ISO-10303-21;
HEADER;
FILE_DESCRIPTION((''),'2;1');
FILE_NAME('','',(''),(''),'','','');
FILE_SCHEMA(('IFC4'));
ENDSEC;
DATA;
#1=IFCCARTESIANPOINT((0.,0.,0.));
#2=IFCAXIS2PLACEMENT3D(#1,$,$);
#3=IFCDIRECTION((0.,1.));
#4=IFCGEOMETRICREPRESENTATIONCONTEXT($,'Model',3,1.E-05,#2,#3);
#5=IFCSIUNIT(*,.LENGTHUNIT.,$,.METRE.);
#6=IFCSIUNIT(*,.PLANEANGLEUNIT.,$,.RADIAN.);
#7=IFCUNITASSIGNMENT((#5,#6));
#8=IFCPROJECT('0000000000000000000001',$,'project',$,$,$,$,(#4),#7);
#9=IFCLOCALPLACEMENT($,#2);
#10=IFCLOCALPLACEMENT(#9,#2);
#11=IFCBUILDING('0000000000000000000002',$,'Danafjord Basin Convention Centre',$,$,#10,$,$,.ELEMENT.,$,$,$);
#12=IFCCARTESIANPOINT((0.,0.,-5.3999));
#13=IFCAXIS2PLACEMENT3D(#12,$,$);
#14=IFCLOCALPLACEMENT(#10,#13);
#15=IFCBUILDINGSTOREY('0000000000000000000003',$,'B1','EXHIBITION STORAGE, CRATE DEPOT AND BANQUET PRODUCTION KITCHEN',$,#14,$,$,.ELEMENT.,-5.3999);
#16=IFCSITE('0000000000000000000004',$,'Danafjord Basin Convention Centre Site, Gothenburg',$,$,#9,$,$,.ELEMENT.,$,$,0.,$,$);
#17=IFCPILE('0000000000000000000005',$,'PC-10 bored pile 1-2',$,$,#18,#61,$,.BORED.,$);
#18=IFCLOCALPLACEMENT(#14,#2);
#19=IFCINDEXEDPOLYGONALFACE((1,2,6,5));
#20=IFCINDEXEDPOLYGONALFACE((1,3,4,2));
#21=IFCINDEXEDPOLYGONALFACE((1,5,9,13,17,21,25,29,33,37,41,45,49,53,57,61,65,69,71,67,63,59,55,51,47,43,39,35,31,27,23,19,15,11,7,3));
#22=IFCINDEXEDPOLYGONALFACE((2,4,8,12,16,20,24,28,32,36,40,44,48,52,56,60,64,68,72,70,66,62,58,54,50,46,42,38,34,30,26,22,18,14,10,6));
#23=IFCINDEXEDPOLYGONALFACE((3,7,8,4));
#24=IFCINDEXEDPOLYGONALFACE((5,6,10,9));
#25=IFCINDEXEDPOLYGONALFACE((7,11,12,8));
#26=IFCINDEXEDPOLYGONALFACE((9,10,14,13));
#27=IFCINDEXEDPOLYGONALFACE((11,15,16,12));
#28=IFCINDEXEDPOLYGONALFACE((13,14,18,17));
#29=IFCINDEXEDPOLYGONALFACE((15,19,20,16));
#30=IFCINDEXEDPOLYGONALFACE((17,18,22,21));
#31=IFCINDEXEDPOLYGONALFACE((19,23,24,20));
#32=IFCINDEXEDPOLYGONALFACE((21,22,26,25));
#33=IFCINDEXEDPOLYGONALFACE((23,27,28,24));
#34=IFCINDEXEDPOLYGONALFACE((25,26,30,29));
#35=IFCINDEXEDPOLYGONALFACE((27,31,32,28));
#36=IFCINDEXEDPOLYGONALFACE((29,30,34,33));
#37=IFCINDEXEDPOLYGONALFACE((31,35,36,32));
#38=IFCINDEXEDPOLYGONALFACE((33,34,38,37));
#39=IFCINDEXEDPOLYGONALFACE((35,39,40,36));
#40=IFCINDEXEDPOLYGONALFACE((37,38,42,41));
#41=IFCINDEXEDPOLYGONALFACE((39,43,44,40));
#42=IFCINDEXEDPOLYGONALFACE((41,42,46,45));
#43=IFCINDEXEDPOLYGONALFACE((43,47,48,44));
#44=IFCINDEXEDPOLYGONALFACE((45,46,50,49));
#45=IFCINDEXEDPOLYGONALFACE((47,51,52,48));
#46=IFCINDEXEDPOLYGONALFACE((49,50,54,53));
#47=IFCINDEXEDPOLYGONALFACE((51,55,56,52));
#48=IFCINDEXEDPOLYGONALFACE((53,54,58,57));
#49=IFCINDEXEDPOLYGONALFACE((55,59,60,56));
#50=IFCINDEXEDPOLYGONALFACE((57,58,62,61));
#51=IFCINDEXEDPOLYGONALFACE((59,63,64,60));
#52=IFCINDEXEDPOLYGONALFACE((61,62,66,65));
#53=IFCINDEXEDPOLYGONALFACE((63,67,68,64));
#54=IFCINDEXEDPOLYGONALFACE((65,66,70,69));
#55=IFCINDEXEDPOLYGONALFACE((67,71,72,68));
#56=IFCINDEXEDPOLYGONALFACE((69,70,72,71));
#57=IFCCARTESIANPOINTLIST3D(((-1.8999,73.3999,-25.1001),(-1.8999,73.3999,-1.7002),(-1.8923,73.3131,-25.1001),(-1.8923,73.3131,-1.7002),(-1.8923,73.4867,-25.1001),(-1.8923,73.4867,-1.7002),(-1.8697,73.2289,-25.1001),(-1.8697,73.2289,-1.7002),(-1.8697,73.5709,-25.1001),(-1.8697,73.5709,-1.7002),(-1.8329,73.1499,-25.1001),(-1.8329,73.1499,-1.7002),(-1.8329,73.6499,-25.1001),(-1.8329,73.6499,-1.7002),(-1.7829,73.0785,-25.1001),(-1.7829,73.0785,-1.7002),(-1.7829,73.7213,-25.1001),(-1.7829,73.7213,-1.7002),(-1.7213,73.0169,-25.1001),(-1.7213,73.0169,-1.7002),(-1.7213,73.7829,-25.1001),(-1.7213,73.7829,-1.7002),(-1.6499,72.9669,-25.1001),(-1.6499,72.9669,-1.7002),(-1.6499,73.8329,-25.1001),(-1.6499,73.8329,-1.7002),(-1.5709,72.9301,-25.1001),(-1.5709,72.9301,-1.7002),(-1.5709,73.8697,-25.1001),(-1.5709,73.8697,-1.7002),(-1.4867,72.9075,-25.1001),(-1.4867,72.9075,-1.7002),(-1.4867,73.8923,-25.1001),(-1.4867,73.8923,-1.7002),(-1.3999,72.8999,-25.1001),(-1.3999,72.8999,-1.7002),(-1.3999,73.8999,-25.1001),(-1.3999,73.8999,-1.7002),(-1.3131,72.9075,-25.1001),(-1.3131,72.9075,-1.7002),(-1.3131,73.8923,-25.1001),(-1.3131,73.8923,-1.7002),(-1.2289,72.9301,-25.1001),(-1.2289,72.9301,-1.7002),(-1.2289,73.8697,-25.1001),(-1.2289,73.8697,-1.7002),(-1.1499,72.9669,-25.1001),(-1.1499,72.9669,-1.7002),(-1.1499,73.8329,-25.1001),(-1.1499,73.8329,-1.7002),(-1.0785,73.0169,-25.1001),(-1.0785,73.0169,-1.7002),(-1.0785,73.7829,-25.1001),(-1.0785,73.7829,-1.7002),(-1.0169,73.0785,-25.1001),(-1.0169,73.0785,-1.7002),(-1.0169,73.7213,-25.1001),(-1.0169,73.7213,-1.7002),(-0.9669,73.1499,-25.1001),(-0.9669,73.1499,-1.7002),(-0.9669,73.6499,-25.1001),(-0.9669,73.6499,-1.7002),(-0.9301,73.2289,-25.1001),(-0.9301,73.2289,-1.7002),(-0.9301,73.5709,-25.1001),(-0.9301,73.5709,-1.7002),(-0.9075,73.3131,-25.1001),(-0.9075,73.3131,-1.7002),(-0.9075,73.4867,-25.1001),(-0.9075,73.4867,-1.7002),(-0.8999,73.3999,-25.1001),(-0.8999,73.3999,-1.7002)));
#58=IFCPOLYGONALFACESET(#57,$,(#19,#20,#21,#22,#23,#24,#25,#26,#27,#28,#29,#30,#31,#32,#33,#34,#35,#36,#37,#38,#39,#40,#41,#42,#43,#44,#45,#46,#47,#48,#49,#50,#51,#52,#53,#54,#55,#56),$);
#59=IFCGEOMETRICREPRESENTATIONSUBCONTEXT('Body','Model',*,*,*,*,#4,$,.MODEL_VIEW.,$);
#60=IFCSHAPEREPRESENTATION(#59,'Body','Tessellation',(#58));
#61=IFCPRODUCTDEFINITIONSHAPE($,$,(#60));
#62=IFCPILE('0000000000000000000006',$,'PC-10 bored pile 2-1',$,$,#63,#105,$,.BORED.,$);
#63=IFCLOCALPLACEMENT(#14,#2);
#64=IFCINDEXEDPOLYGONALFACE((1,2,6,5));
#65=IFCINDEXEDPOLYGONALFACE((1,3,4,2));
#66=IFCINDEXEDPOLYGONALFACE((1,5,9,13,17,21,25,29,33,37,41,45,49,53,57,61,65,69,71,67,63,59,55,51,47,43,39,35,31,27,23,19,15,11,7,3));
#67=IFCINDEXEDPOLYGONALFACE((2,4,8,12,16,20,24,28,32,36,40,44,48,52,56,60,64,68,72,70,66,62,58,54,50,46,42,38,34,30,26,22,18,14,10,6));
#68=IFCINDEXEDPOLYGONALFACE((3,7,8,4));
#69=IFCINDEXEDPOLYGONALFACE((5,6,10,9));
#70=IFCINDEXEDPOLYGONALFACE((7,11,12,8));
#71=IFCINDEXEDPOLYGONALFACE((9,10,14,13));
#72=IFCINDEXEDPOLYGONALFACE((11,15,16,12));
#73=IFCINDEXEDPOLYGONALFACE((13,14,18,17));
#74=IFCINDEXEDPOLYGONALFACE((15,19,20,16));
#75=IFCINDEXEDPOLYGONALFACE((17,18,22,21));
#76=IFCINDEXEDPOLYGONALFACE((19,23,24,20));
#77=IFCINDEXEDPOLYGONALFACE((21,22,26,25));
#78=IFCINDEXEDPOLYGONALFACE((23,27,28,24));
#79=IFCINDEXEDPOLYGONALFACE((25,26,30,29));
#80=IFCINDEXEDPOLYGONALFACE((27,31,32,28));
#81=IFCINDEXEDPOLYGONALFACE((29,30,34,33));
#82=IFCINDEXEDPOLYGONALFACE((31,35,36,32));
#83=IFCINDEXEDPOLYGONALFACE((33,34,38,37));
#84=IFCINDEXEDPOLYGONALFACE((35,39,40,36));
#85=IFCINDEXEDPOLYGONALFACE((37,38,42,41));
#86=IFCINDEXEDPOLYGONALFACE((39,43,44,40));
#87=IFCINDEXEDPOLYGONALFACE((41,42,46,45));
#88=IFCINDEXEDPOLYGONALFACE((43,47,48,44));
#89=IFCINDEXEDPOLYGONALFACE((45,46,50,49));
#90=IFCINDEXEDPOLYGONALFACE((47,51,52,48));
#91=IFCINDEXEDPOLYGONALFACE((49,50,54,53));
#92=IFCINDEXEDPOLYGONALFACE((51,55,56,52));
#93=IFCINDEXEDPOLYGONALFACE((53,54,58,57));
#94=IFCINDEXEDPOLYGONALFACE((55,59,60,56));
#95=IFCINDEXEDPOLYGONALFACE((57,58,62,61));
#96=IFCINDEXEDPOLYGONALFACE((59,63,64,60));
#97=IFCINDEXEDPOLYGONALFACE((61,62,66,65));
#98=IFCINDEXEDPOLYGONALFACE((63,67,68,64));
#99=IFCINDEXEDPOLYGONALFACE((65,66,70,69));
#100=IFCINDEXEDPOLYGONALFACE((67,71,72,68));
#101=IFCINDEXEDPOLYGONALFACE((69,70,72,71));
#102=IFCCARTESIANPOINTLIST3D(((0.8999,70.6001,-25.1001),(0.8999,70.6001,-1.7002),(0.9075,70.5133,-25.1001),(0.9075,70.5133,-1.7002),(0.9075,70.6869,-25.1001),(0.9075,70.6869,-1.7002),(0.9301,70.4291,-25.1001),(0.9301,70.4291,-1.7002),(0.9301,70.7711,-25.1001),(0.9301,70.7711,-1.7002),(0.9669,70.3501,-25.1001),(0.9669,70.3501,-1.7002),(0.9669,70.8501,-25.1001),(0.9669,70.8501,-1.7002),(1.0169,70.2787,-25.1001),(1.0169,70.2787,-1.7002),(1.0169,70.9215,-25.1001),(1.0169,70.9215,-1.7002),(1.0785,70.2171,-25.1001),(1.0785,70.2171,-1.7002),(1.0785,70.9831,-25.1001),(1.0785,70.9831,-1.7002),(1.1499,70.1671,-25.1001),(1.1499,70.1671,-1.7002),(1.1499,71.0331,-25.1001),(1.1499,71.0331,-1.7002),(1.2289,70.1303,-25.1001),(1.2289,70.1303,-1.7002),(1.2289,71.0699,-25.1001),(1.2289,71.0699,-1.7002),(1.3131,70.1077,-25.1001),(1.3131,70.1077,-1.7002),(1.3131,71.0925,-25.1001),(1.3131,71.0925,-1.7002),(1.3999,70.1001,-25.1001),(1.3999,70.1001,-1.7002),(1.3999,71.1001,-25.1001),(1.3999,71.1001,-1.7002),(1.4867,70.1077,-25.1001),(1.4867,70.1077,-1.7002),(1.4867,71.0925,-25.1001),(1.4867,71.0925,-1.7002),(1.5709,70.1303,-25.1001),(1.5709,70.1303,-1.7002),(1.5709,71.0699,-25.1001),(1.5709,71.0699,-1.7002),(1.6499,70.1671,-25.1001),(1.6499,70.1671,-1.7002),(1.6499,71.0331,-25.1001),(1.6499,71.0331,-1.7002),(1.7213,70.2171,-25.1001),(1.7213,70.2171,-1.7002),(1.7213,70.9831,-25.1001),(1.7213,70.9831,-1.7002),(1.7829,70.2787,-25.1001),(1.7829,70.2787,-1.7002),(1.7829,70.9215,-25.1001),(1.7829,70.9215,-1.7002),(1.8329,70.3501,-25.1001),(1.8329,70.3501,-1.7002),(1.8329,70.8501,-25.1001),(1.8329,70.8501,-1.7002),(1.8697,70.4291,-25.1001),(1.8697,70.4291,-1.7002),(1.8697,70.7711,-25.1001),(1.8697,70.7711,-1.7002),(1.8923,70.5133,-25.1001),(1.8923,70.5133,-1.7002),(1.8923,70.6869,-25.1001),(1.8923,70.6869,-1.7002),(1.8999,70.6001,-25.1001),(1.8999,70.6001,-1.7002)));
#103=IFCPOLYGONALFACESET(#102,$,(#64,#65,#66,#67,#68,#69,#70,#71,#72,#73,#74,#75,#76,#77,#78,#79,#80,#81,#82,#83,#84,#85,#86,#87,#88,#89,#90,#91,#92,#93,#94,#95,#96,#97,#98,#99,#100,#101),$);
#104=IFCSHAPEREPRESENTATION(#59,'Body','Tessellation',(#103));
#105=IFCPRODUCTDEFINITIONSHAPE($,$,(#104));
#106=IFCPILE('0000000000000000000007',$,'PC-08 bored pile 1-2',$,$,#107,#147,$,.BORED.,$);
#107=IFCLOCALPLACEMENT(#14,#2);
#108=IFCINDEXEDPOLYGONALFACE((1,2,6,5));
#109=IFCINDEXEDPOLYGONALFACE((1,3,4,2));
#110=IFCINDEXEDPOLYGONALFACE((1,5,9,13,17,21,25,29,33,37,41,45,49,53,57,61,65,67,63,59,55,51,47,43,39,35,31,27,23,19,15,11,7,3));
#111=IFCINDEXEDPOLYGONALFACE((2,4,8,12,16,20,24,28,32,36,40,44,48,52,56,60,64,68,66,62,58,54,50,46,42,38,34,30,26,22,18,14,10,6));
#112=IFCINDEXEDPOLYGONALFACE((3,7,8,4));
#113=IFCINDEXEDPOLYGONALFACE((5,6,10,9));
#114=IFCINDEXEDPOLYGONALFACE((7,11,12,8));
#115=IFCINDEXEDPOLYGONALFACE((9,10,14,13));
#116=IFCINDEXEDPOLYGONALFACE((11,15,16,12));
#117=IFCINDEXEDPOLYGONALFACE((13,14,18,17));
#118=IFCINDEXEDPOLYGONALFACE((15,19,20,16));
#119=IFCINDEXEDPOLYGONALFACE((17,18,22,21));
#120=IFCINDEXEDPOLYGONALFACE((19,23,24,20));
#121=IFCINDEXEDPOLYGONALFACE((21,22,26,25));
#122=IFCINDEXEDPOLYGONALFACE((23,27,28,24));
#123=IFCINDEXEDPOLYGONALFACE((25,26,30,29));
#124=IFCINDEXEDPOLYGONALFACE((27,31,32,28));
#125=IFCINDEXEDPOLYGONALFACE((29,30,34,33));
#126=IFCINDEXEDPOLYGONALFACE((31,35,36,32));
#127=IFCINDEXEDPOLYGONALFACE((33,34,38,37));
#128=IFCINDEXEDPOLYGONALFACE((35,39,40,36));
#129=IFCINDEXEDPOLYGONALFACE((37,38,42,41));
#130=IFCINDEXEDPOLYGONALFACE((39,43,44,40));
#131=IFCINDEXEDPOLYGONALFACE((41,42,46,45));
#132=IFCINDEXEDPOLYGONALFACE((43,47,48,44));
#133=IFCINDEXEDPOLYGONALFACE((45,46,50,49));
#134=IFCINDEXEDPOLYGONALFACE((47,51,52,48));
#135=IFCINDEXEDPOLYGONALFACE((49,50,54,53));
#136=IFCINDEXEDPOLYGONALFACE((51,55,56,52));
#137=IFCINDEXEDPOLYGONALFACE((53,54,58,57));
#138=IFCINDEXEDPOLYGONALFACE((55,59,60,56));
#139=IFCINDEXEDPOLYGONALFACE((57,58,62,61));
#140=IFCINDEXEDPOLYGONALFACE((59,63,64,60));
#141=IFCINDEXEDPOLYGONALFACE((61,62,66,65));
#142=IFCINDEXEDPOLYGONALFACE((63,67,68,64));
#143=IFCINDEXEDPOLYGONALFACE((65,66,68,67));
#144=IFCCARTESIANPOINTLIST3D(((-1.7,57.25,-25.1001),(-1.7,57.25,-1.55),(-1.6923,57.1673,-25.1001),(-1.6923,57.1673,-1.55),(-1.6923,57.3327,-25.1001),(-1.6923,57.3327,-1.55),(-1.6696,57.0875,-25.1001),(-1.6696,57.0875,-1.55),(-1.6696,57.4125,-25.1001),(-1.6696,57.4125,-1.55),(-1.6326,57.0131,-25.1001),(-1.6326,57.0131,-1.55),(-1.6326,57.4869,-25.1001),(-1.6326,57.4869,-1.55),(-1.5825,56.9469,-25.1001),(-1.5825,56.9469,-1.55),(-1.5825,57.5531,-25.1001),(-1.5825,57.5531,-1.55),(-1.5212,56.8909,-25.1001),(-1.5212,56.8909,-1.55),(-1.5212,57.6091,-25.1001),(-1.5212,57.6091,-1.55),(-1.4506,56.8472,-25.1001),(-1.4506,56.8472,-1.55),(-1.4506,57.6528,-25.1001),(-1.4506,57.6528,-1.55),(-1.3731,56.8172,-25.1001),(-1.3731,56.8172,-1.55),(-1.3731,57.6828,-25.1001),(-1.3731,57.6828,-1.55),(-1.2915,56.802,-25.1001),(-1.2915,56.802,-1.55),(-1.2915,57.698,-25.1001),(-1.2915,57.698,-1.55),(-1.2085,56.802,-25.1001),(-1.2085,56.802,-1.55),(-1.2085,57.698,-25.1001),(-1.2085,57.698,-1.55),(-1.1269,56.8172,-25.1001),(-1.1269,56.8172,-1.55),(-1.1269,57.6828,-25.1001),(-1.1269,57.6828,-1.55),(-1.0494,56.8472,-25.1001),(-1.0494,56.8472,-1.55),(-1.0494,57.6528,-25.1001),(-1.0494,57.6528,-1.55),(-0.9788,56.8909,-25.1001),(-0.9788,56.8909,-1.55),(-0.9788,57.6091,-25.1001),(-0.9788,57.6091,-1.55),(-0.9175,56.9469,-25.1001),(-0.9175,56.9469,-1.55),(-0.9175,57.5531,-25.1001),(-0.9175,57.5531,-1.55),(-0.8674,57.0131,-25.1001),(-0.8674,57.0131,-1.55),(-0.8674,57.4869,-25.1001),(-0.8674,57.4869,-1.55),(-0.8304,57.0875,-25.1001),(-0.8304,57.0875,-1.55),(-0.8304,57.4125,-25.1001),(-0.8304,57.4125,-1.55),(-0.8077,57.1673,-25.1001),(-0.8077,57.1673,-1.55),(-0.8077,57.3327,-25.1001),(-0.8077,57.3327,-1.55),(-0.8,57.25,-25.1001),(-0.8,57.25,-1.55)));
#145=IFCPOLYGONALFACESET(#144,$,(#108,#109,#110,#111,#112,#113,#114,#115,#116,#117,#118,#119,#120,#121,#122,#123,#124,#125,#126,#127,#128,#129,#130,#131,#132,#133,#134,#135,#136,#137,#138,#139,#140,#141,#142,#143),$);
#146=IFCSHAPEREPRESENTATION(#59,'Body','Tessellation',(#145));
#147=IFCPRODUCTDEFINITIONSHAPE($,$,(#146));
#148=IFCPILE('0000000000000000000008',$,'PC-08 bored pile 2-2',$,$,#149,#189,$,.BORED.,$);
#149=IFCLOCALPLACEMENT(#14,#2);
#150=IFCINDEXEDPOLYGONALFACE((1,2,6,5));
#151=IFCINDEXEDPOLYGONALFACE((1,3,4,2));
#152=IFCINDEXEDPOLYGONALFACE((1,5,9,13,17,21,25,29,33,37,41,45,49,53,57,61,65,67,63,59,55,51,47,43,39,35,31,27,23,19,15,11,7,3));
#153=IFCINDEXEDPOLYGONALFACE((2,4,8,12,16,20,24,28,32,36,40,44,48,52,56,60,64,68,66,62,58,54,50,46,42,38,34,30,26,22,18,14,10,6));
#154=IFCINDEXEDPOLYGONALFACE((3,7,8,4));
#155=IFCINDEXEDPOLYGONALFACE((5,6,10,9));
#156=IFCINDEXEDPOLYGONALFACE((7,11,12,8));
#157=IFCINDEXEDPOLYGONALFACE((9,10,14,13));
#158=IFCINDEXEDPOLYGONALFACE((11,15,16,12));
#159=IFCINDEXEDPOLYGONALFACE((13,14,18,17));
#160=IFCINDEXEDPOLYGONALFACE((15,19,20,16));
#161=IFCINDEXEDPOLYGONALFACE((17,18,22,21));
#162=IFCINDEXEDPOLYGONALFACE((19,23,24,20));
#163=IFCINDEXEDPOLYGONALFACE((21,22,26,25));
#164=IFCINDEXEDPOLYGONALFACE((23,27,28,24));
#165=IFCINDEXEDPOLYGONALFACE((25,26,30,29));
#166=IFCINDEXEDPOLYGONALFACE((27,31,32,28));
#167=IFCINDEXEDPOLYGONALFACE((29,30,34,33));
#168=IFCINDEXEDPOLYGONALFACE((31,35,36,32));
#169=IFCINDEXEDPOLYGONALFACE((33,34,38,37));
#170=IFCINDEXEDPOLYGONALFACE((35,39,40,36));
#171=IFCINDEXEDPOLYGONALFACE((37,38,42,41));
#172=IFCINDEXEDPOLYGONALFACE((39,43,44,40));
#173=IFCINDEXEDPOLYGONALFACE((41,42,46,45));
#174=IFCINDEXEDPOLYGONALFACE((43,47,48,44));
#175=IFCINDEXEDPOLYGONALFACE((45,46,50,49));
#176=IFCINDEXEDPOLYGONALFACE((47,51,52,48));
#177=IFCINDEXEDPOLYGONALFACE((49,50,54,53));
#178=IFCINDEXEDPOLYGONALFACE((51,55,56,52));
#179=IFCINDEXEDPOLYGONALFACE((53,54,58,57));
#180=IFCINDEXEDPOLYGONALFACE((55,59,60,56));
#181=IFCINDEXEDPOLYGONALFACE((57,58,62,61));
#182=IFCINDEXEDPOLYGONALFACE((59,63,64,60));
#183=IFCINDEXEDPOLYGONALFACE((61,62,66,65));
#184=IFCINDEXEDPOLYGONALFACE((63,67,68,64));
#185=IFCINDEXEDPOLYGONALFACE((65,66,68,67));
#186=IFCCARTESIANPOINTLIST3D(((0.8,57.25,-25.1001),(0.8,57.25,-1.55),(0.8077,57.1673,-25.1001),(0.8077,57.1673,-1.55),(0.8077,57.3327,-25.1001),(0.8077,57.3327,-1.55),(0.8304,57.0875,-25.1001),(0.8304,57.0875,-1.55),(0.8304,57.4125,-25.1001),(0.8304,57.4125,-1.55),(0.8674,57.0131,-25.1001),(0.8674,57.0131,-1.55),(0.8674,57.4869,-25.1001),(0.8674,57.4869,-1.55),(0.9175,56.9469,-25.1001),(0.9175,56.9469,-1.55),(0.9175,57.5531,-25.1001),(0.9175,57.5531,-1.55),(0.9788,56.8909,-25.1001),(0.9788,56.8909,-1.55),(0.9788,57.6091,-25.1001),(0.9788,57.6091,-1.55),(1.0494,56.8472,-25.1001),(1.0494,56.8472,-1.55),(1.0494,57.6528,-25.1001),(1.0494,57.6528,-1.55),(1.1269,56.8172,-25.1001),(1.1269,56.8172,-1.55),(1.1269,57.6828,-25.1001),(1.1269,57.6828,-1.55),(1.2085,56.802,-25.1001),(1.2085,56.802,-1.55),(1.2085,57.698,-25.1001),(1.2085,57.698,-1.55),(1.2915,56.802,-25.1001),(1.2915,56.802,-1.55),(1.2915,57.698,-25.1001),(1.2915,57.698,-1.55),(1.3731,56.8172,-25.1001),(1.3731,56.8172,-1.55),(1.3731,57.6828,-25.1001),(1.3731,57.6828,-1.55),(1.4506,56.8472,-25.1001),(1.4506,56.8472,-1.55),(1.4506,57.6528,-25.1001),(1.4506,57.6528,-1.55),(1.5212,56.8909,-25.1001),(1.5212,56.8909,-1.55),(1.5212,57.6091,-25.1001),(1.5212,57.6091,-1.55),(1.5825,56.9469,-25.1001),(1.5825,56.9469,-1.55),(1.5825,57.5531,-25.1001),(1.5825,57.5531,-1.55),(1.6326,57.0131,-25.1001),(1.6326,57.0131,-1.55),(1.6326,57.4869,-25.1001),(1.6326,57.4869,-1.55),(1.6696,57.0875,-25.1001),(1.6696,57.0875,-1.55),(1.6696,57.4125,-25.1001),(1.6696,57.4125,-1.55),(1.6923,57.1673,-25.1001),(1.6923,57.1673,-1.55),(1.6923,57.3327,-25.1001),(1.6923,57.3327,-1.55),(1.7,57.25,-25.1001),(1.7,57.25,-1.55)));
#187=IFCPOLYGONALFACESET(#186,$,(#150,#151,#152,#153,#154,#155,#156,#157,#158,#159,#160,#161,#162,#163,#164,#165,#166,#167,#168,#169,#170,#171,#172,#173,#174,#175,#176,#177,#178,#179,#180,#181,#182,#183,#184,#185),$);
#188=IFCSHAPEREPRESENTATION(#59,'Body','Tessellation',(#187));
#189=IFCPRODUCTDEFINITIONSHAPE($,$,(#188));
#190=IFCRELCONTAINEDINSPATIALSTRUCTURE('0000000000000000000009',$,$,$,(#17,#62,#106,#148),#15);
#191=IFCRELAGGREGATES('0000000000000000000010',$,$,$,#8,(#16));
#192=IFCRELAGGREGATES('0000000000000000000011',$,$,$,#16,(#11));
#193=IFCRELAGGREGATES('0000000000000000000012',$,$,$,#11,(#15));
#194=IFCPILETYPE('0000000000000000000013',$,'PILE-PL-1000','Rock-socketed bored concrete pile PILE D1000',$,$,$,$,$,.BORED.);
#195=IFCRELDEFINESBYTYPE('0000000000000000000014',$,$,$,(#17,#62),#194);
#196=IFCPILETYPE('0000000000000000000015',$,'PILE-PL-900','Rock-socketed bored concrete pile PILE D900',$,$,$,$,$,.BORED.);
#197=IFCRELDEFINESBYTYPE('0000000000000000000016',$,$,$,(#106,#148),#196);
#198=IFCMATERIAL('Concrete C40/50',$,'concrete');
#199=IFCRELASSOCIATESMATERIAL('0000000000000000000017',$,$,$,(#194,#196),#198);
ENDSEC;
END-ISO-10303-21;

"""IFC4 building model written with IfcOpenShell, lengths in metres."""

from ifc_helpers import new_model, si_unit, direction, frame, origin, origin_2d, place, context, subcontext, project, spatial, circle, extrude, material, material_profile, profile_set, type_object, element, save


model = new_model("IFC4")

# Units and contexts
model_context = context("Model", 3, precision=1e-05, world=origin(), true_north=direction((0.0, 1.0)))
body_context = subcontext(model_context, "Body", "Model", "MODEL_VIEW")
ifc_project = project(units=[si_unit("LENGTHUNIT", "METRE"), si_unit("PLANEANGLEUNIT", "RADIAN")], contexts=[model_context])

# Site, building, storey
site_placement = place(None, origin())
site = spatial("IfcSite", under=ifc_project, at=site_placement, Name="Danafjord Basin Convention Centre Site, Gothenburg", CompositionType="ELEMENT", RefElevation=0.0)
building_placement = place(site_placement, origin())
building = spatial("IfcBuilding", under=site, at=building_placement, Name="Danafjord Basin Convention Centre", CompositionType="ELEMENT")
storey_placement = place(building_placement, frame((0.0, 0.0, -5.3999)))
storey = spatial("IfcBuildingStorey", under=building, at=storey_placement, Name="B1", Description="EXHIBITION STORAGE, CRATE DEPOT AND BANQUET PRODUCTION KITCHEN", CompositionType="ELEMENT", Elevation=-5.3999)

# Shared definitions
ifc_material_1 = material(Name="Concrete C40/50", Category="concrete")

# Piles
ifc_material_profile_1 = material_profile(ifc_material_1, circle(Radius=0.5, at=origin_2d()), Name="PILE D1000")
ifc_profile_set_1 = profile_set([ifc_material_profile_1], Name="Concrete C40/50")
pile_type_1 = type_object("IfcPileType", Name="PILE-PL-1000", Description="Rock-socketed bored concrete pile PILE D1000", PredefinedType="BORED", material=ifc_profile_set_1)
for number, where, z_axis, x_axis, name in (
    (1, (-1.3999, 73.3999, -1.7002), (0.0, 0.0, -1.0), (1.0, 0.0, 0.0), "PC-10 bored pile 1-2"),
    (2, (1.3999, 70.6001, -1.7002), (0.0, 0.0, -1.0), (1.0, 0.0, 0.0), "PC-10 bored pile 2-1"),
):
    element("IfcPile", number, at=place(storey_placement, frame(where, z_axis=z_axis, x_axis=x_axis)), inside=storey, type_object=pile_type_1, Name=name, PredefinedType="BORED", context=body_context, shape_type="SweptSolid", body=[
        extrude(circle(Radius=0.5, at=origin_2d()), origin(), (0.0, 0.0, 1.0), 23.3999),
    ])
ifc_material_profile_2 = material_profile(ifc_material_1, circle(Radius=0.45, at=origin_2d()), Name="PILE D900")
ifc_profile_set_2 = profile_set([ifc_material_profile_2], Name="Concrete C40/50")
pile_type_2 = type_object("IfcPileType", Name="PILE-PL-900", Description="Rock-socketed bored concrete pile PILE D900", PredefinedType="BORED", material=ifc_profile_set_2)
for number, where, z_axis, x_axis, name in (
    (3, (-1.25, 57.25, -1.55), (0.0, 0.0, -1.0), (1.0, 0.0, 0.0), "PC-08 bored pile 1-2"),
    (4, (1.25, 57.25, -1.55), (0.0, 0.0, -1.0), (1.0, 0.0, 0.0), "PC-08 bored pile 2-2"),
):
    element("IfcPile", number, at=place(storey_placement, frame(where, z_axis=z_axis, x_axis=x_axis)), inside=storey, type_object=pile_type_2, Name=name, PredefinedType="BORED", context=body_context, shape_type="SweptSolid", body=[
        extrude(circle(Radius=0.45, at=origin_2d()), origin(), (0.0, 0.0, 1.0), 23.55),
    ])

save(model, "model.ifc")
